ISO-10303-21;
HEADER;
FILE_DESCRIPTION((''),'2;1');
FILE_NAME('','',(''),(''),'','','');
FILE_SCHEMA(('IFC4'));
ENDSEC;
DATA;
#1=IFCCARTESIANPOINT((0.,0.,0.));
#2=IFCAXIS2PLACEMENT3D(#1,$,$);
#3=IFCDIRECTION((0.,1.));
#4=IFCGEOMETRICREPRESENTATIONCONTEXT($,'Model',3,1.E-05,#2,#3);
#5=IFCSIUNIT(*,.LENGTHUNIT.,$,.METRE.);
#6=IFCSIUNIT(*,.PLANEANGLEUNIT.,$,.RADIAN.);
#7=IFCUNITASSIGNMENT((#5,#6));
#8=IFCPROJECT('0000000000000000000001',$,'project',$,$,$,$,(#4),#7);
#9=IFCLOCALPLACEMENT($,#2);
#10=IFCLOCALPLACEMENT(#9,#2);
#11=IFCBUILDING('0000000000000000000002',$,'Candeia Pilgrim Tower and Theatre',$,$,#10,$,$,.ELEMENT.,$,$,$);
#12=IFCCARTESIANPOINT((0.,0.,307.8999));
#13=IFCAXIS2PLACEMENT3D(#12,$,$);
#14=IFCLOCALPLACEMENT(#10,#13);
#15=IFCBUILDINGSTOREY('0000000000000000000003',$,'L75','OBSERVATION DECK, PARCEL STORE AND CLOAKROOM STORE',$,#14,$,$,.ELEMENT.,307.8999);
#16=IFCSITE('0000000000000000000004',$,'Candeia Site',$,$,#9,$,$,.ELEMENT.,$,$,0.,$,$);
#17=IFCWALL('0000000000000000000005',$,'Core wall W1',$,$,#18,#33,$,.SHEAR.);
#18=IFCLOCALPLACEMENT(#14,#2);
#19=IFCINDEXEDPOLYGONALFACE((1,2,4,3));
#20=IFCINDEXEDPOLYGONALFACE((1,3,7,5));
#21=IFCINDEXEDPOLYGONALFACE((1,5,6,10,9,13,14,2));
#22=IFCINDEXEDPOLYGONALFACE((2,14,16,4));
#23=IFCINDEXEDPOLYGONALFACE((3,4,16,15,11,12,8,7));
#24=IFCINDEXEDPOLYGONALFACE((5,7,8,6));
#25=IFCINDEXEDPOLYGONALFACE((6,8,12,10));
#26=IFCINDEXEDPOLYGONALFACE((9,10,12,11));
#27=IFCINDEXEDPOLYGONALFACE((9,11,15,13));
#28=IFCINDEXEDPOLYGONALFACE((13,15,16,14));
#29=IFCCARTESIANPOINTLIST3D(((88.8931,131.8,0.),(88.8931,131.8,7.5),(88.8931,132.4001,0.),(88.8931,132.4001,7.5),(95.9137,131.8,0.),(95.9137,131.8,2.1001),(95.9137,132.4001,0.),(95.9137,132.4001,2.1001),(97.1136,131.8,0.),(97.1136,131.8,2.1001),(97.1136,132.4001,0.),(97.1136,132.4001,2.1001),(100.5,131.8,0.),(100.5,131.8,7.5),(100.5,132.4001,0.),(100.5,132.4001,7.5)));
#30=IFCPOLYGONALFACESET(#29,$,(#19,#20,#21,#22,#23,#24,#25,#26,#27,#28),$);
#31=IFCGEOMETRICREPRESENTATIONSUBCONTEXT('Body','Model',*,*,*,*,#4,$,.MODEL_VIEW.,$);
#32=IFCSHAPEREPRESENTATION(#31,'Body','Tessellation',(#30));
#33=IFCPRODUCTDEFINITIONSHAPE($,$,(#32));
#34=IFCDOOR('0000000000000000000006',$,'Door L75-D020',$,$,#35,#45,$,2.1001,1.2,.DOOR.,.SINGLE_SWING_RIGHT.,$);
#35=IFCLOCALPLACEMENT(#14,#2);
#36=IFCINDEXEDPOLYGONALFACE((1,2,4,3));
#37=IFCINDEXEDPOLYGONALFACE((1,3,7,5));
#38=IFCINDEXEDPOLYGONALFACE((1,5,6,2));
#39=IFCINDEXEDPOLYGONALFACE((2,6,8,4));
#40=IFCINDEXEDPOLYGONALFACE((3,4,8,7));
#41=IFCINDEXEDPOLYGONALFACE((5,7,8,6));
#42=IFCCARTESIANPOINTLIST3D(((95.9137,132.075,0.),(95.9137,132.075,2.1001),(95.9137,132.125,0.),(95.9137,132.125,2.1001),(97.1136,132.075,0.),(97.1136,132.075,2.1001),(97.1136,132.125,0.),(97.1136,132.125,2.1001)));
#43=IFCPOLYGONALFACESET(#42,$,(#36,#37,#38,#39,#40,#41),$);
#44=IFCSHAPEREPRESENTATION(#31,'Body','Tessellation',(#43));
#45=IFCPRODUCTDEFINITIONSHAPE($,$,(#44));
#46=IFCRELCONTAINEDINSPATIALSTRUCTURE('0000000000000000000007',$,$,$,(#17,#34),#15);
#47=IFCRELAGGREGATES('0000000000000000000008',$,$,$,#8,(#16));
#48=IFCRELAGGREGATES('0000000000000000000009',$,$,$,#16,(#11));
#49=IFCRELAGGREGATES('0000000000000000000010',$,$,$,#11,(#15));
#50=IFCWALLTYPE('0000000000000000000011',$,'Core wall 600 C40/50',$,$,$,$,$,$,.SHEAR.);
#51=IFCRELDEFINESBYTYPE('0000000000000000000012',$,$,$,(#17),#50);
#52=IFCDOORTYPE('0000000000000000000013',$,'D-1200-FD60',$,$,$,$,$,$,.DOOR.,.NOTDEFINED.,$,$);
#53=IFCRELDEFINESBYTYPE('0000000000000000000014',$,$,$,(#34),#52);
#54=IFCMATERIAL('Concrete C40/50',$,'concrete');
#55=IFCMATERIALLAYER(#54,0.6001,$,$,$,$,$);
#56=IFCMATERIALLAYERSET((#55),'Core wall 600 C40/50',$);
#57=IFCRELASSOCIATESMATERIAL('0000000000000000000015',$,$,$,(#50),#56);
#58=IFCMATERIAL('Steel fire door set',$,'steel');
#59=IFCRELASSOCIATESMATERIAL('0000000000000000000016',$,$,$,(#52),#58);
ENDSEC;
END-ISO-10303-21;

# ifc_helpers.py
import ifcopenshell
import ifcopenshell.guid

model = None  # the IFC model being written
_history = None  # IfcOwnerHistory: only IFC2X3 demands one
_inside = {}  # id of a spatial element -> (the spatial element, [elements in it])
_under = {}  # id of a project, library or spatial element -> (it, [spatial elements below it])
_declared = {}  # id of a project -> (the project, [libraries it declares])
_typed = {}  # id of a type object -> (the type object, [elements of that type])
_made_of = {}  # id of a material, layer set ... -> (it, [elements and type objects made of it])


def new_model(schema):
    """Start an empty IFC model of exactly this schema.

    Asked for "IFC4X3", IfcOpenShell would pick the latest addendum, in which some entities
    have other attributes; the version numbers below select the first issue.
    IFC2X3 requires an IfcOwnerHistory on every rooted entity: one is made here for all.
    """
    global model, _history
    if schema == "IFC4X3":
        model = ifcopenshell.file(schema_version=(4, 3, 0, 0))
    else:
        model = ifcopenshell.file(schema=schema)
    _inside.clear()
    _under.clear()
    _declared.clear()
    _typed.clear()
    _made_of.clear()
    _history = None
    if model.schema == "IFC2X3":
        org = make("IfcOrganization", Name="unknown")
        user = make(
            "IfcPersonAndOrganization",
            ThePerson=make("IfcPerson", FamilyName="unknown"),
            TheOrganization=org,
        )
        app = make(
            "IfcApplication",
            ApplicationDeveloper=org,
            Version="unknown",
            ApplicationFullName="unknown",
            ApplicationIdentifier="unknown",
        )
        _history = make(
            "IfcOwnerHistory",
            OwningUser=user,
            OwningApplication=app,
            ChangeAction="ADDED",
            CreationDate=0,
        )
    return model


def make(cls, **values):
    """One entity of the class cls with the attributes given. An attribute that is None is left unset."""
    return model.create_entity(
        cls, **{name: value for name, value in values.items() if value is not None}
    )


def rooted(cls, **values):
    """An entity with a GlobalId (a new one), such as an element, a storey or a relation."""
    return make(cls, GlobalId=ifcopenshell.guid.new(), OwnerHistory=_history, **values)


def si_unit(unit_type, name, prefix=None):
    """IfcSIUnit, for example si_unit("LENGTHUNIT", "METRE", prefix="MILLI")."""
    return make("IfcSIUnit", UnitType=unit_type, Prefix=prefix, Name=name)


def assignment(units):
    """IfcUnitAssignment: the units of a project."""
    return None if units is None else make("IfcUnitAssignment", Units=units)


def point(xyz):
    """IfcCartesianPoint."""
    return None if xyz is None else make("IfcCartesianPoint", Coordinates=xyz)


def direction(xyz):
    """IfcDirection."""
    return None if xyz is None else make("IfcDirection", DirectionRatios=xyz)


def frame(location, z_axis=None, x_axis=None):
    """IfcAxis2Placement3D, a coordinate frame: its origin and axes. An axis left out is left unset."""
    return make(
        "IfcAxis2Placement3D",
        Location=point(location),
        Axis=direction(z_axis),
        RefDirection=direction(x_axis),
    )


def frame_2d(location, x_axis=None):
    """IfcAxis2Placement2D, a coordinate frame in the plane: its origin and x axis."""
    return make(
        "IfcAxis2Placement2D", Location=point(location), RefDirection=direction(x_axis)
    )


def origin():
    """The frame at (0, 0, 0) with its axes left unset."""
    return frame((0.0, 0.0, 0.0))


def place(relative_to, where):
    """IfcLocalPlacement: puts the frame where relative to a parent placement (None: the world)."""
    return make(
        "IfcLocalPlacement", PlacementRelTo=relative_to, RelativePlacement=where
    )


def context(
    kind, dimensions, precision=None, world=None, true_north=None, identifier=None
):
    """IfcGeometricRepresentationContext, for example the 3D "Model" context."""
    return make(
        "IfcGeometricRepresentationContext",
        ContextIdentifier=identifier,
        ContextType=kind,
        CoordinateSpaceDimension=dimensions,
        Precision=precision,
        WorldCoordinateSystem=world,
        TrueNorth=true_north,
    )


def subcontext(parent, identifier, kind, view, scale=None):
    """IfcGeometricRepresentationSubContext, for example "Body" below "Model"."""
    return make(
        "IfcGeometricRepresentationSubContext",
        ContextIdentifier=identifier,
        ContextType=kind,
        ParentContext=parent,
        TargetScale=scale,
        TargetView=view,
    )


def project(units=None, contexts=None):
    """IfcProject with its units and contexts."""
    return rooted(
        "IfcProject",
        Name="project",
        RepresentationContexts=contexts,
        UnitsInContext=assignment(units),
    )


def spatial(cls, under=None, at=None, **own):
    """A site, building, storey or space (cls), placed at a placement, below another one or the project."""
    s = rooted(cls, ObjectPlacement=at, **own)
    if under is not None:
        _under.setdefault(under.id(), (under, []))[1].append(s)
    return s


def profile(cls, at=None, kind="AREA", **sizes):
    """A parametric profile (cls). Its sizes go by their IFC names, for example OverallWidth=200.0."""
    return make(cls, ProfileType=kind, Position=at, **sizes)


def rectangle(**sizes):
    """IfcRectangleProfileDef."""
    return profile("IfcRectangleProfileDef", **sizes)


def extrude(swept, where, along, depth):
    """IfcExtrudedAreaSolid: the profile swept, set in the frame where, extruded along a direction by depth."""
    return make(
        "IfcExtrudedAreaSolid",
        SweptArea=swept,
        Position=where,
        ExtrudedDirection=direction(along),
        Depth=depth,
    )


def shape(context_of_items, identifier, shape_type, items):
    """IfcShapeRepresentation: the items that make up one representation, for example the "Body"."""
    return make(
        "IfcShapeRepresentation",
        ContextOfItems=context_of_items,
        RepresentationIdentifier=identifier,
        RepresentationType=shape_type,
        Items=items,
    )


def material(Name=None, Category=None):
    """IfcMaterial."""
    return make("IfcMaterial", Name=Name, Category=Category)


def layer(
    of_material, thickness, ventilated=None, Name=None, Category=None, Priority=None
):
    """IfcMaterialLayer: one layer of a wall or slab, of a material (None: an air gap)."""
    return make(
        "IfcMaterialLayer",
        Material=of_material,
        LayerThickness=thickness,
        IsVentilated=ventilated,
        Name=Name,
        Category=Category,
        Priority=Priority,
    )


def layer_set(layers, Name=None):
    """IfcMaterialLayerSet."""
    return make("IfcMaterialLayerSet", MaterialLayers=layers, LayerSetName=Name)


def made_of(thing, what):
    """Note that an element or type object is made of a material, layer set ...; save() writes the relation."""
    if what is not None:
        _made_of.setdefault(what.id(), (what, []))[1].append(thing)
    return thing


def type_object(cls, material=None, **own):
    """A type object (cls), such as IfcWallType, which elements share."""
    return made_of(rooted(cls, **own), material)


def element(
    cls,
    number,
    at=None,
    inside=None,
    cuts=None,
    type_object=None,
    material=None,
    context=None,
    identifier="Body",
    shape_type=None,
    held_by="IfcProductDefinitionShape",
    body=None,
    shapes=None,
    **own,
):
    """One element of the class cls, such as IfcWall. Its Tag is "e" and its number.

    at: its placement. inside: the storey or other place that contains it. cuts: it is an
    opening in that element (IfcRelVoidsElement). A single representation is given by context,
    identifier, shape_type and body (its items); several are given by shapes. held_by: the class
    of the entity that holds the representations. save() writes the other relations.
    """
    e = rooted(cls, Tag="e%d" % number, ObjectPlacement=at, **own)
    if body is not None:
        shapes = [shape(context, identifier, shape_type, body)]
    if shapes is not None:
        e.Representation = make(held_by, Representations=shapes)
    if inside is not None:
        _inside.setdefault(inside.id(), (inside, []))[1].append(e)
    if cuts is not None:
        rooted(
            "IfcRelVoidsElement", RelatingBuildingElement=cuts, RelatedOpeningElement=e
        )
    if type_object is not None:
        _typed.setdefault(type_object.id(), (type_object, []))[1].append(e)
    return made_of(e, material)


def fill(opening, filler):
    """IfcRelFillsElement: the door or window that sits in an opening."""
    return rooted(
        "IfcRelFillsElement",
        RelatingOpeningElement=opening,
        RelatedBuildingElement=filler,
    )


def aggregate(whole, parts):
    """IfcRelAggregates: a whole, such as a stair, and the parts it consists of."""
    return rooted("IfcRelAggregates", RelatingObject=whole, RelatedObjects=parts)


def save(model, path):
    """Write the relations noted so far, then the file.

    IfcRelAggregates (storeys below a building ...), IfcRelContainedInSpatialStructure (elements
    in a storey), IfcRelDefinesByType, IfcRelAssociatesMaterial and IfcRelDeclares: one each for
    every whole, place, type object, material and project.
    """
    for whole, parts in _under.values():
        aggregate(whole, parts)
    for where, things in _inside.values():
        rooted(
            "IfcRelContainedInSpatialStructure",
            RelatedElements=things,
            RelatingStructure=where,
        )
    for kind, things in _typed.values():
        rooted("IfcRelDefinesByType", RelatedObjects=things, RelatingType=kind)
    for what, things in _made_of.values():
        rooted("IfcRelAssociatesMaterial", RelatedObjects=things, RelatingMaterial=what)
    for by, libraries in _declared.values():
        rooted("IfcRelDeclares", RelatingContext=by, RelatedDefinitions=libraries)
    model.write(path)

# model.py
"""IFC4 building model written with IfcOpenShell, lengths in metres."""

from ifc_helpers import new_model, si_unit, direction, frame, frame_2d, origin, place, context, subcontext, project, spatial, rectangle, extrude, material, layer, layer_set, type_object, element, fill, save


model = new_model("IFC4")

# Units and contexts
model_context = context("Model", 3, precision=1e-05, world=origin(), true_north=direction((0.0, 1.0)))
body_context = subcontext(model_context, "Body", "Model", "MODEL_VIEW")
ifc_project = project(units=[si_unit("LENGTHUNIT", "METRE"), si_unit("PLANEANGLEUNIT", "RADIAN")], contexts=[model_context])

# Site, building, storey
site_placement = place(None, origin())
site = spatial("IfcSite", under=ifc_project, at=site_placement, Name="Candeia Site", CompositionType="ELEMENT", RefElevation=0.0)
building_placement = place(site_placement, origin())
building = spatial("IfcBuilding", under=site, at=building_placement, Name="Candeia Pilgrim Tower and Theatre", CompositionType="ELEMENT")
storey_placement = place(building_placement, frame((0.0, 0.0, 307.8999)))
storey = spatial("IfcBuildingStorey", under=building, at=storey_placement, Name="L75", Description="OBSERVATION DECK, PARCEL STORE AND CLOAKROOM STORE", CompositionType="ELEMENT", Elevation=307.8999)

# Shared definitions
ifc_material_1 = material(Name="Concrete C40/50", Category="concrete")

# Wall, opening, door
ifc_layer_1 = layer(ifc_material_1, 0.6001)
ifc_layer_set_1 = layer_set([ifc_layer_1], Name="Core wall 600 C40/50")
wall_type_1 = type_object("IfcWallType", Name="Core wall 600 C40/50", PredefinedType="SHEAR", material=ifc_layer_set_1)
wall_1_placement = place(storey_placement, frame((88.8931, 132.1001, 0.0), z_axis=(0.0, 0.0, 1.0), x_axis=(1.0, 0.0, 0.0)))
wall_1 = element("IfcWall", 1, at=wall_1_placement, inside=storey, type_object=wall_type_1, Name="Core wall W1", PredefinedType="SHEAR", context=body_context, shape_type="SweptSolid", body=[
    extrude(rectangle(XDim=11.6069, YDim=0.6001, at=frame_2d((5.8035, 0.0))), origin(), (0.0, 0.0, 1.0), 7.5),
])
opening_1_placement = place(wall_1_placement, frame((7.0205, 0.0, 0.0)))
opening_1 = element("IfcOpeningElement", 2, at=opening_1_placement, cuts=wall_1, PredefinedType="OPENING", context=body_context, shape_type="SweptSolid", body=[
    extrude(rectangle(XDim=1.2, YDim=2.1001, at=frame_2d((0.6001, 1.05))), frame((0.0, 0.3101, 0.0), z_axis=(0.0, -1.0, 0.0), x_axis=(1.0, 0.0, 0.0)), (0.0, 0.0, 1.0), 0.6201),
])
ifc_material_2 = material(Name="Steel fire door set", Category="steel")
door_type_1 = type_object("IfcDoorType", Name="D-1200-FD60", OperationType="NOTDEFINED", PredefinedType="DOOR", material=ifc_material_2)
door_1_placement = place(opening_1_placement, origin())
door_1 = element("IfcDoor", 3, at=door_1_placement, inside=storey, type_object=door_type_1, Name="Door L75-D020", OperationType="SINGLE_SWING_RIGHT", OverallHeight=2.1001, OverallWidth=1.2, PredefinedType="DOOR", context=body_context, shape_type="SweptSolid", body=[
    extrude(rectangle(XDim=1.2, YDim=2.1001, at=frame_2d((0.6001, 1.05))), frame((0.0, 0.0249, 0.0), z_axis=(0.0, -1.0, 0.0), x_axis=(1.0, 0.0, 0.0)), (0.0, 0.0, 1.0), 0.05),
])
fill(opening_1, door_1)

save(model, "model.ifc")
